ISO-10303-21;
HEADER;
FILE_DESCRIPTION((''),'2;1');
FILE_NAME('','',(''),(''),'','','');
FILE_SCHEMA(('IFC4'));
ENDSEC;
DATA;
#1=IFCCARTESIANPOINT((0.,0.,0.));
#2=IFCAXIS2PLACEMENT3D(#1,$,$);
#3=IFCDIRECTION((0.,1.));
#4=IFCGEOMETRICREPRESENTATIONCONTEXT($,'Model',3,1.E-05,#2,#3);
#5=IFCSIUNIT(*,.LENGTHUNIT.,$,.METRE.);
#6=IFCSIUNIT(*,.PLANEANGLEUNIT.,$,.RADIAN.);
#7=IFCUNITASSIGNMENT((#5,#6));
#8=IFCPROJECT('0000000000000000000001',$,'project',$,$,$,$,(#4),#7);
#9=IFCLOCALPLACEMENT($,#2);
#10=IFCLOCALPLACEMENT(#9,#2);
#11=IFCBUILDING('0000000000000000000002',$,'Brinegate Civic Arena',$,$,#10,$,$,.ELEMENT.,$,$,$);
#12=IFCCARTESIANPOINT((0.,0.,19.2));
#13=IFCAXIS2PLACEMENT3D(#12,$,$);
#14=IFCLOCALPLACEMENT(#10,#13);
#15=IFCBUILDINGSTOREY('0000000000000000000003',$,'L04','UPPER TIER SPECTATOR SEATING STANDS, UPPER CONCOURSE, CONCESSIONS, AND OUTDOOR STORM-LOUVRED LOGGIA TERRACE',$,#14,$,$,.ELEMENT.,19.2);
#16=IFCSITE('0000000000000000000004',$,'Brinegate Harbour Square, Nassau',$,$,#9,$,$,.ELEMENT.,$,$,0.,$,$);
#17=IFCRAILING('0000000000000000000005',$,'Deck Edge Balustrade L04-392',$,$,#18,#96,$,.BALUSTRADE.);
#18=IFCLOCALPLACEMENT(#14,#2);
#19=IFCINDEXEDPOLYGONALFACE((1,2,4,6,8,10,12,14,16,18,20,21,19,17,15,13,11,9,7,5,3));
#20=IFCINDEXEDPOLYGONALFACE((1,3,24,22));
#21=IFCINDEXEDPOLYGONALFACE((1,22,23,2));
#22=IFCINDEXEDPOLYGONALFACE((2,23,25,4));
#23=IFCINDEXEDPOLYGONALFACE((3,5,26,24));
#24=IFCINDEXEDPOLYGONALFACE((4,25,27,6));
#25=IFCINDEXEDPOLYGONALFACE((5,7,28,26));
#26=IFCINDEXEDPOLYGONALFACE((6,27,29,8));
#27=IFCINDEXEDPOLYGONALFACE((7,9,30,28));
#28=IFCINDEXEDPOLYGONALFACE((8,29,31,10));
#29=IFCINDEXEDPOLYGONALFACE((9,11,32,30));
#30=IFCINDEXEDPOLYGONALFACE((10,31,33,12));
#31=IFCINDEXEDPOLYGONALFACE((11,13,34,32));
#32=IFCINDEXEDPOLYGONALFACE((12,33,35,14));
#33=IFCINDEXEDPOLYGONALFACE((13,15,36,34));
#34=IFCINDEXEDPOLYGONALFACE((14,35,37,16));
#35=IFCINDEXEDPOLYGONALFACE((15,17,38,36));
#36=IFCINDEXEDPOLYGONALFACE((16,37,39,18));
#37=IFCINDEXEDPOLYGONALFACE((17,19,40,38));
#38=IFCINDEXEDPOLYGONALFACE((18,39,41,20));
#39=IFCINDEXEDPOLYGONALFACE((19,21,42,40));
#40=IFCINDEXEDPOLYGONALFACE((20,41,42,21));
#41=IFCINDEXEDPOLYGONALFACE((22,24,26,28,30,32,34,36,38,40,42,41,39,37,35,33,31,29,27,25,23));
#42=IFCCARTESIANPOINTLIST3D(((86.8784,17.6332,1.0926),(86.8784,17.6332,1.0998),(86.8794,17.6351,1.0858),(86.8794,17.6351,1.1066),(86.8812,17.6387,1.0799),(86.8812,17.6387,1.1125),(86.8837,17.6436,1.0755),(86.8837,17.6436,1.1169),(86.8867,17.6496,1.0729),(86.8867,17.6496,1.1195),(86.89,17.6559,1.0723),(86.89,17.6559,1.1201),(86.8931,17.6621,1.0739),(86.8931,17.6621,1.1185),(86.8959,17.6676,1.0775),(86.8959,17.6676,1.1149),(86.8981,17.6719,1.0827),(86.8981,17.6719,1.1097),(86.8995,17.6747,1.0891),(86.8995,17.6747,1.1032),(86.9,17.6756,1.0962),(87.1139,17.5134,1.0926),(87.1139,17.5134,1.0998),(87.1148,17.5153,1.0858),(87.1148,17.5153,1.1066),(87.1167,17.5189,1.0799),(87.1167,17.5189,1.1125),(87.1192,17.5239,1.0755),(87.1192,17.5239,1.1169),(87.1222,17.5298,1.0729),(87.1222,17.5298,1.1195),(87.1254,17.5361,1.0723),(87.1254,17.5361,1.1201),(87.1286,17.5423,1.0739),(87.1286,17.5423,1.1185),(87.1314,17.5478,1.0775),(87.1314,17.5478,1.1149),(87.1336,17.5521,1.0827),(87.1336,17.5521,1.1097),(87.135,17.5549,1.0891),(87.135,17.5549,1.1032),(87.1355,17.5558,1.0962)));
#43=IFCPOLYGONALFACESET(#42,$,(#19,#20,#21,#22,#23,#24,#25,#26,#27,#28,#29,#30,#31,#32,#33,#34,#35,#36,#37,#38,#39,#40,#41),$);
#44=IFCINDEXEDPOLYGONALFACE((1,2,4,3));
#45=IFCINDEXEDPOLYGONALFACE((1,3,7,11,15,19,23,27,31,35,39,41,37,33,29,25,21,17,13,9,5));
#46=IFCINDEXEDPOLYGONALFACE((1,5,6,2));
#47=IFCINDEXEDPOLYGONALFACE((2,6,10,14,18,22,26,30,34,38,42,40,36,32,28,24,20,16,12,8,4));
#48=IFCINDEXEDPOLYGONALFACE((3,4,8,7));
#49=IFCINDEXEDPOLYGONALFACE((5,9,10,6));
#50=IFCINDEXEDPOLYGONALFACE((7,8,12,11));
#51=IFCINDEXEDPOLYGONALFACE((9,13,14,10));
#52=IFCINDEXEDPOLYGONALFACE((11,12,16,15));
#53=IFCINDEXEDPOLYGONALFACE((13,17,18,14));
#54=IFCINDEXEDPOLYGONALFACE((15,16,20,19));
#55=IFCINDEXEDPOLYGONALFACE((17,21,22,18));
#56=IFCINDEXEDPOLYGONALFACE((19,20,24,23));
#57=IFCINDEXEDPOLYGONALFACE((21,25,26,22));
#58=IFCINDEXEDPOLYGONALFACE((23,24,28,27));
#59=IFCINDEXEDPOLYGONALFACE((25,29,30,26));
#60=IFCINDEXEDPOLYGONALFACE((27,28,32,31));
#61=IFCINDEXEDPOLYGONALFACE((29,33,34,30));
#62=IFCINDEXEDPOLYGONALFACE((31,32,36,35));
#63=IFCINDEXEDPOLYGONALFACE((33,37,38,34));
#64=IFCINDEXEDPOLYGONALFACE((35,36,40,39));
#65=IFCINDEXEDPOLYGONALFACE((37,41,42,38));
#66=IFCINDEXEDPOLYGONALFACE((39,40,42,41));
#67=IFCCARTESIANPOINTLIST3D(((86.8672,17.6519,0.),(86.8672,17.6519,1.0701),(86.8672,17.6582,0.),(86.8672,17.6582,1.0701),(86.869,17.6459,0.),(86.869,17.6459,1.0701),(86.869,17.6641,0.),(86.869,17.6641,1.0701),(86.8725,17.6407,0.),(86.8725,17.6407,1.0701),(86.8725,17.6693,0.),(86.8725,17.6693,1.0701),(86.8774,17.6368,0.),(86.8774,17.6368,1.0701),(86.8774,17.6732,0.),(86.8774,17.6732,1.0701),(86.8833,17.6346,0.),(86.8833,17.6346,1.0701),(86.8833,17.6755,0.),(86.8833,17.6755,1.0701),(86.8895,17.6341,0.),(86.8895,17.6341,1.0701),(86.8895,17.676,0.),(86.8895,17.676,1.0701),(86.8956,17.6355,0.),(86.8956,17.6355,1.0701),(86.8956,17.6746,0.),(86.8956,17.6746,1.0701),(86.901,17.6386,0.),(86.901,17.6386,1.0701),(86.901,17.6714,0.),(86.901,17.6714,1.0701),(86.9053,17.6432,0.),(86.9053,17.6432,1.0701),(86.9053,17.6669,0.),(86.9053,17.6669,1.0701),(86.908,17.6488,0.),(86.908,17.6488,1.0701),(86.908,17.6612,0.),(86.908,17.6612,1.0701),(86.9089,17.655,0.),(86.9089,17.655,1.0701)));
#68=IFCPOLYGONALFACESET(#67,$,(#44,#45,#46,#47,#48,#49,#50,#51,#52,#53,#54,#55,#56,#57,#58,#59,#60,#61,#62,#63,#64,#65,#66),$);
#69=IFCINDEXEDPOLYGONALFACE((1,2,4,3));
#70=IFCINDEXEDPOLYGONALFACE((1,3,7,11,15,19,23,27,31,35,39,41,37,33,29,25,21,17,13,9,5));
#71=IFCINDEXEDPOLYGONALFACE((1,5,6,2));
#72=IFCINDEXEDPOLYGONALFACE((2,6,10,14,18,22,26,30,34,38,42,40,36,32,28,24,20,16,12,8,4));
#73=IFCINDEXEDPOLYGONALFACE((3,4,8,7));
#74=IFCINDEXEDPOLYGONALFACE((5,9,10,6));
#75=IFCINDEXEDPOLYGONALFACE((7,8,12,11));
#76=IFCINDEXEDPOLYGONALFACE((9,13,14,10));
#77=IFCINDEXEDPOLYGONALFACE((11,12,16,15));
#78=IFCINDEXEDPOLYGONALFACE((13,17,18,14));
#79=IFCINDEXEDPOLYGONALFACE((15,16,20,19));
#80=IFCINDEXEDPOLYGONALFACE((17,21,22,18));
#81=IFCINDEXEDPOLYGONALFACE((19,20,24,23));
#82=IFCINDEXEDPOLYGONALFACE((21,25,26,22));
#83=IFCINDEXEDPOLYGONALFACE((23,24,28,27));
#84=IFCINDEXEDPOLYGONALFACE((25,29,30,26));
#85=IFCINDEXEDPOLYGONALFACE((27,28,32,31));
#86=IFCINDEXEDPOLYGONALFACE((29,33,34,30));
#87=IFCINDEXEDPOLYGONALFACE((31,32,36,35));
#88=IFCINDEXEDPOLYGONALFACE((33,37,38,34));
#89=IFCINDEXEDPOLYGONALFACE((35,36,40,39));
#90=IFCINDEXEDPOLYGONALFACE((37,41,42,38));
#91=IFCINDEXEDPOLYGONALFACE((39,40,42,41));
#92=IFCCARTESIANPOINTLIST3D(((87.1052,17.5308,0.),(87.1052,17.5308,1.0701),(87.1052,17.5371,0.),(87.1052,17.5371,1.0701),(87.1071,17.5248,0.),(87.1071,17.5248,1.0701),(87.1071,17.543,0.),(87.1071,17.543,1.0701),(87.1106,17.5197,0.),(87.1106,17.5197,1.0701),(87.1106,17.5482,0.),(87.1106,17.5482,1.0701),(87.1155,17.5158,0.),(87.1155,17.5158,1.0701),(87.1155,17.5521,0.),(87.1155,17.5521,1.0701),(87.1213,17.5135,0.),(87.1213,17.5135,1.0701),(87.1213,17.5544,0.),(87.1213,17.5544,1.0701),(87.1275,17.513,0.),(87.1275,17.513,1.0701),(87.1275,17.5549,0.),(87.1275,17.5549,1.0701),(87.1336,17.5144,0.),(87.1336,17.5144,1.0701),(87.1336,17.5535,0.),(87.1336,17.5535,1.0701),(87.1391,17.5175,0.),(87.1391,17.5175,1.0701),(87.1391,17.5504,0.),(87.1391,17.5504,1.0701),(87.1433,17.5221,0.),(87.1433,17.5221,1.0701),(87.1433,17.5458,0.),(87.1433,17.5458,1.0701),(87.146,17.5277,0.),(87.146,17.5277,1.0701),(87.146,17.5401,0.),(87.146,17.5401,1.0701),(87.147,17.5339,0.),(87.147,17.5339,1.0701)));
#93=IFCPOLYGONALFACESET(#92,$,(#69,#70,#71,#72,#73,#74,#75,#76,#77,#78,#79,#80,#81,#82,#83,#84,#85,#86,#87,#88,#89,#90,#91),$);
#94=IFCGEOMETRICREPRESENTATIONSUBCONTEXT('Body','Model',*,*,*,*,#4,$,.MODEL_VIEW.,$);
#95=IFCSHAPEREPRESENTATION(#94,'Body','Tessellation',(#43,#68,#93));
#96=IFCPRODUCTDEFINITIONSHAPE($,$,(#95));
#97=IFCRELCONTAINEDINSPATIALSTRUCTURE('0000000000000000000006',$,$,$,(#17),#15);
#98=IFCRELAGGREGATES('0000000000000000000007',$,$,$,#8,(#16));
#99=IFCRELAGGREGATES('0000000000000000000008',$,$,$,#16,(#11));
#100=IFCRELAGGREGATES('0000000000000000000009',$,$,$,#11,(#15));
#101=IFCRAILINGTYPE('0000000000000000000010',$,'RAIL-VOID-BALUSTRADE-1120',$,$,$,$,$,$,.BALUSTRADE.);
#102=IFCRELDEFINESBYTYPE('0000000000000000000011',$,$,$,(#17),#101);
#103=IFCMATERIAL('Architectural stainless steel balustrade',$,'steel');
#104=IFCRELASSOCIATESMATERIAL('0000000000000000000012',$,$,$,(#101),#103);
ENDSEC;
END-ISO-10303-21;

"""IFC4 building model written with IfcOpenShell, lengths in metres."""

from ifc_helpers import new_model, si_unit, direction, frame, origin, origin_2d, place, context, subcontext, project, spatial, circle, extrude, material, type_object, element, save


model = new_model("IFC4")

# Units and contexts
model_context = context("Model", 3, precision=1e-05, world=origin(), true_north=direction((0.0, 1.0)))
body_context = subcontext(model_context, "Body", "Model", "MODEL_VIEW")
ifc_project = project(units=[si_unit("LENGTHUNIT", "METRE"), si_unit("PLANEANGLEUNIT", "RADIAN")], contexts=[model_context])

# Site, building, storey
site_placement = place(None, origin())
site = spatial("IfcSite", under=ifc_project, at=site_placement, Name="Brinegate Harbour Square, Nassau", CompositionType="ELEMENT", RefElevation=0.0)
building_placement = place(site_placement, origin())
building = spatial("IfcBuilding", under=site, at=building_placement, Name="Brinegate Civic Arena", CompositionType="ELEMENT")
storey_placement = place(building_placement, frame((0.0, 0.0, 19.2)))
storey = spatial("IfcBuildingStorey", under=building, at=storey_placement, Name="L04", Description="UPPER TIER SPECTATOR SEATING STANDS, UPPER CONCOURSE, CONCESSIONS, AND OUTDOOR STORM-LOUVRED LOGGIA TERRACE", CompositionType="ELEMENT", Elevation=19.2)

# Railing
ifc_material_1 = material(Name="Architectural stainless steel balustrade", Category="steel")
railing_type_1 = type_object("IfcRailingType", Name="RAIL-VOID-BALUSTRADE-1120", PredefinedType="BALUSTRADE", material=ifc_material_1)
railing_1_placement = place(storey_placement, frame((86.8879, 17.655, 0.0)))
element("IfcRailing", 1, at=railing_1_placement, inside=storey, type_object=railing_type_1, Name="Deck Edge Balustrade L04-392", PredefinedType="BALUSTRADE", context=body_context, shape_type="SweptSolid", body=[
    extrude(circle(Radius=0.0239, at=origin_2d()), frame((0.0012, -0.0007, 1.0962), z_axis=(0.891297, -0.453419, 0.0), x_axis=(0.453419, 0.891297, 0.0)), (0.0, 0.0, 1.0), 0.2642),
    extrude(circle(Radius=0.021, at=origin_2d()), origin(), (0.0, 0.0, 1.0), 1.0701),
    extrude(circle(Radius=0.021, at=origin_2d()), frame((0.238, -0.1211, 0.0)), (0.0, 0.0, 1.0), 1.0701),
])

save(model, "model.ifc")
